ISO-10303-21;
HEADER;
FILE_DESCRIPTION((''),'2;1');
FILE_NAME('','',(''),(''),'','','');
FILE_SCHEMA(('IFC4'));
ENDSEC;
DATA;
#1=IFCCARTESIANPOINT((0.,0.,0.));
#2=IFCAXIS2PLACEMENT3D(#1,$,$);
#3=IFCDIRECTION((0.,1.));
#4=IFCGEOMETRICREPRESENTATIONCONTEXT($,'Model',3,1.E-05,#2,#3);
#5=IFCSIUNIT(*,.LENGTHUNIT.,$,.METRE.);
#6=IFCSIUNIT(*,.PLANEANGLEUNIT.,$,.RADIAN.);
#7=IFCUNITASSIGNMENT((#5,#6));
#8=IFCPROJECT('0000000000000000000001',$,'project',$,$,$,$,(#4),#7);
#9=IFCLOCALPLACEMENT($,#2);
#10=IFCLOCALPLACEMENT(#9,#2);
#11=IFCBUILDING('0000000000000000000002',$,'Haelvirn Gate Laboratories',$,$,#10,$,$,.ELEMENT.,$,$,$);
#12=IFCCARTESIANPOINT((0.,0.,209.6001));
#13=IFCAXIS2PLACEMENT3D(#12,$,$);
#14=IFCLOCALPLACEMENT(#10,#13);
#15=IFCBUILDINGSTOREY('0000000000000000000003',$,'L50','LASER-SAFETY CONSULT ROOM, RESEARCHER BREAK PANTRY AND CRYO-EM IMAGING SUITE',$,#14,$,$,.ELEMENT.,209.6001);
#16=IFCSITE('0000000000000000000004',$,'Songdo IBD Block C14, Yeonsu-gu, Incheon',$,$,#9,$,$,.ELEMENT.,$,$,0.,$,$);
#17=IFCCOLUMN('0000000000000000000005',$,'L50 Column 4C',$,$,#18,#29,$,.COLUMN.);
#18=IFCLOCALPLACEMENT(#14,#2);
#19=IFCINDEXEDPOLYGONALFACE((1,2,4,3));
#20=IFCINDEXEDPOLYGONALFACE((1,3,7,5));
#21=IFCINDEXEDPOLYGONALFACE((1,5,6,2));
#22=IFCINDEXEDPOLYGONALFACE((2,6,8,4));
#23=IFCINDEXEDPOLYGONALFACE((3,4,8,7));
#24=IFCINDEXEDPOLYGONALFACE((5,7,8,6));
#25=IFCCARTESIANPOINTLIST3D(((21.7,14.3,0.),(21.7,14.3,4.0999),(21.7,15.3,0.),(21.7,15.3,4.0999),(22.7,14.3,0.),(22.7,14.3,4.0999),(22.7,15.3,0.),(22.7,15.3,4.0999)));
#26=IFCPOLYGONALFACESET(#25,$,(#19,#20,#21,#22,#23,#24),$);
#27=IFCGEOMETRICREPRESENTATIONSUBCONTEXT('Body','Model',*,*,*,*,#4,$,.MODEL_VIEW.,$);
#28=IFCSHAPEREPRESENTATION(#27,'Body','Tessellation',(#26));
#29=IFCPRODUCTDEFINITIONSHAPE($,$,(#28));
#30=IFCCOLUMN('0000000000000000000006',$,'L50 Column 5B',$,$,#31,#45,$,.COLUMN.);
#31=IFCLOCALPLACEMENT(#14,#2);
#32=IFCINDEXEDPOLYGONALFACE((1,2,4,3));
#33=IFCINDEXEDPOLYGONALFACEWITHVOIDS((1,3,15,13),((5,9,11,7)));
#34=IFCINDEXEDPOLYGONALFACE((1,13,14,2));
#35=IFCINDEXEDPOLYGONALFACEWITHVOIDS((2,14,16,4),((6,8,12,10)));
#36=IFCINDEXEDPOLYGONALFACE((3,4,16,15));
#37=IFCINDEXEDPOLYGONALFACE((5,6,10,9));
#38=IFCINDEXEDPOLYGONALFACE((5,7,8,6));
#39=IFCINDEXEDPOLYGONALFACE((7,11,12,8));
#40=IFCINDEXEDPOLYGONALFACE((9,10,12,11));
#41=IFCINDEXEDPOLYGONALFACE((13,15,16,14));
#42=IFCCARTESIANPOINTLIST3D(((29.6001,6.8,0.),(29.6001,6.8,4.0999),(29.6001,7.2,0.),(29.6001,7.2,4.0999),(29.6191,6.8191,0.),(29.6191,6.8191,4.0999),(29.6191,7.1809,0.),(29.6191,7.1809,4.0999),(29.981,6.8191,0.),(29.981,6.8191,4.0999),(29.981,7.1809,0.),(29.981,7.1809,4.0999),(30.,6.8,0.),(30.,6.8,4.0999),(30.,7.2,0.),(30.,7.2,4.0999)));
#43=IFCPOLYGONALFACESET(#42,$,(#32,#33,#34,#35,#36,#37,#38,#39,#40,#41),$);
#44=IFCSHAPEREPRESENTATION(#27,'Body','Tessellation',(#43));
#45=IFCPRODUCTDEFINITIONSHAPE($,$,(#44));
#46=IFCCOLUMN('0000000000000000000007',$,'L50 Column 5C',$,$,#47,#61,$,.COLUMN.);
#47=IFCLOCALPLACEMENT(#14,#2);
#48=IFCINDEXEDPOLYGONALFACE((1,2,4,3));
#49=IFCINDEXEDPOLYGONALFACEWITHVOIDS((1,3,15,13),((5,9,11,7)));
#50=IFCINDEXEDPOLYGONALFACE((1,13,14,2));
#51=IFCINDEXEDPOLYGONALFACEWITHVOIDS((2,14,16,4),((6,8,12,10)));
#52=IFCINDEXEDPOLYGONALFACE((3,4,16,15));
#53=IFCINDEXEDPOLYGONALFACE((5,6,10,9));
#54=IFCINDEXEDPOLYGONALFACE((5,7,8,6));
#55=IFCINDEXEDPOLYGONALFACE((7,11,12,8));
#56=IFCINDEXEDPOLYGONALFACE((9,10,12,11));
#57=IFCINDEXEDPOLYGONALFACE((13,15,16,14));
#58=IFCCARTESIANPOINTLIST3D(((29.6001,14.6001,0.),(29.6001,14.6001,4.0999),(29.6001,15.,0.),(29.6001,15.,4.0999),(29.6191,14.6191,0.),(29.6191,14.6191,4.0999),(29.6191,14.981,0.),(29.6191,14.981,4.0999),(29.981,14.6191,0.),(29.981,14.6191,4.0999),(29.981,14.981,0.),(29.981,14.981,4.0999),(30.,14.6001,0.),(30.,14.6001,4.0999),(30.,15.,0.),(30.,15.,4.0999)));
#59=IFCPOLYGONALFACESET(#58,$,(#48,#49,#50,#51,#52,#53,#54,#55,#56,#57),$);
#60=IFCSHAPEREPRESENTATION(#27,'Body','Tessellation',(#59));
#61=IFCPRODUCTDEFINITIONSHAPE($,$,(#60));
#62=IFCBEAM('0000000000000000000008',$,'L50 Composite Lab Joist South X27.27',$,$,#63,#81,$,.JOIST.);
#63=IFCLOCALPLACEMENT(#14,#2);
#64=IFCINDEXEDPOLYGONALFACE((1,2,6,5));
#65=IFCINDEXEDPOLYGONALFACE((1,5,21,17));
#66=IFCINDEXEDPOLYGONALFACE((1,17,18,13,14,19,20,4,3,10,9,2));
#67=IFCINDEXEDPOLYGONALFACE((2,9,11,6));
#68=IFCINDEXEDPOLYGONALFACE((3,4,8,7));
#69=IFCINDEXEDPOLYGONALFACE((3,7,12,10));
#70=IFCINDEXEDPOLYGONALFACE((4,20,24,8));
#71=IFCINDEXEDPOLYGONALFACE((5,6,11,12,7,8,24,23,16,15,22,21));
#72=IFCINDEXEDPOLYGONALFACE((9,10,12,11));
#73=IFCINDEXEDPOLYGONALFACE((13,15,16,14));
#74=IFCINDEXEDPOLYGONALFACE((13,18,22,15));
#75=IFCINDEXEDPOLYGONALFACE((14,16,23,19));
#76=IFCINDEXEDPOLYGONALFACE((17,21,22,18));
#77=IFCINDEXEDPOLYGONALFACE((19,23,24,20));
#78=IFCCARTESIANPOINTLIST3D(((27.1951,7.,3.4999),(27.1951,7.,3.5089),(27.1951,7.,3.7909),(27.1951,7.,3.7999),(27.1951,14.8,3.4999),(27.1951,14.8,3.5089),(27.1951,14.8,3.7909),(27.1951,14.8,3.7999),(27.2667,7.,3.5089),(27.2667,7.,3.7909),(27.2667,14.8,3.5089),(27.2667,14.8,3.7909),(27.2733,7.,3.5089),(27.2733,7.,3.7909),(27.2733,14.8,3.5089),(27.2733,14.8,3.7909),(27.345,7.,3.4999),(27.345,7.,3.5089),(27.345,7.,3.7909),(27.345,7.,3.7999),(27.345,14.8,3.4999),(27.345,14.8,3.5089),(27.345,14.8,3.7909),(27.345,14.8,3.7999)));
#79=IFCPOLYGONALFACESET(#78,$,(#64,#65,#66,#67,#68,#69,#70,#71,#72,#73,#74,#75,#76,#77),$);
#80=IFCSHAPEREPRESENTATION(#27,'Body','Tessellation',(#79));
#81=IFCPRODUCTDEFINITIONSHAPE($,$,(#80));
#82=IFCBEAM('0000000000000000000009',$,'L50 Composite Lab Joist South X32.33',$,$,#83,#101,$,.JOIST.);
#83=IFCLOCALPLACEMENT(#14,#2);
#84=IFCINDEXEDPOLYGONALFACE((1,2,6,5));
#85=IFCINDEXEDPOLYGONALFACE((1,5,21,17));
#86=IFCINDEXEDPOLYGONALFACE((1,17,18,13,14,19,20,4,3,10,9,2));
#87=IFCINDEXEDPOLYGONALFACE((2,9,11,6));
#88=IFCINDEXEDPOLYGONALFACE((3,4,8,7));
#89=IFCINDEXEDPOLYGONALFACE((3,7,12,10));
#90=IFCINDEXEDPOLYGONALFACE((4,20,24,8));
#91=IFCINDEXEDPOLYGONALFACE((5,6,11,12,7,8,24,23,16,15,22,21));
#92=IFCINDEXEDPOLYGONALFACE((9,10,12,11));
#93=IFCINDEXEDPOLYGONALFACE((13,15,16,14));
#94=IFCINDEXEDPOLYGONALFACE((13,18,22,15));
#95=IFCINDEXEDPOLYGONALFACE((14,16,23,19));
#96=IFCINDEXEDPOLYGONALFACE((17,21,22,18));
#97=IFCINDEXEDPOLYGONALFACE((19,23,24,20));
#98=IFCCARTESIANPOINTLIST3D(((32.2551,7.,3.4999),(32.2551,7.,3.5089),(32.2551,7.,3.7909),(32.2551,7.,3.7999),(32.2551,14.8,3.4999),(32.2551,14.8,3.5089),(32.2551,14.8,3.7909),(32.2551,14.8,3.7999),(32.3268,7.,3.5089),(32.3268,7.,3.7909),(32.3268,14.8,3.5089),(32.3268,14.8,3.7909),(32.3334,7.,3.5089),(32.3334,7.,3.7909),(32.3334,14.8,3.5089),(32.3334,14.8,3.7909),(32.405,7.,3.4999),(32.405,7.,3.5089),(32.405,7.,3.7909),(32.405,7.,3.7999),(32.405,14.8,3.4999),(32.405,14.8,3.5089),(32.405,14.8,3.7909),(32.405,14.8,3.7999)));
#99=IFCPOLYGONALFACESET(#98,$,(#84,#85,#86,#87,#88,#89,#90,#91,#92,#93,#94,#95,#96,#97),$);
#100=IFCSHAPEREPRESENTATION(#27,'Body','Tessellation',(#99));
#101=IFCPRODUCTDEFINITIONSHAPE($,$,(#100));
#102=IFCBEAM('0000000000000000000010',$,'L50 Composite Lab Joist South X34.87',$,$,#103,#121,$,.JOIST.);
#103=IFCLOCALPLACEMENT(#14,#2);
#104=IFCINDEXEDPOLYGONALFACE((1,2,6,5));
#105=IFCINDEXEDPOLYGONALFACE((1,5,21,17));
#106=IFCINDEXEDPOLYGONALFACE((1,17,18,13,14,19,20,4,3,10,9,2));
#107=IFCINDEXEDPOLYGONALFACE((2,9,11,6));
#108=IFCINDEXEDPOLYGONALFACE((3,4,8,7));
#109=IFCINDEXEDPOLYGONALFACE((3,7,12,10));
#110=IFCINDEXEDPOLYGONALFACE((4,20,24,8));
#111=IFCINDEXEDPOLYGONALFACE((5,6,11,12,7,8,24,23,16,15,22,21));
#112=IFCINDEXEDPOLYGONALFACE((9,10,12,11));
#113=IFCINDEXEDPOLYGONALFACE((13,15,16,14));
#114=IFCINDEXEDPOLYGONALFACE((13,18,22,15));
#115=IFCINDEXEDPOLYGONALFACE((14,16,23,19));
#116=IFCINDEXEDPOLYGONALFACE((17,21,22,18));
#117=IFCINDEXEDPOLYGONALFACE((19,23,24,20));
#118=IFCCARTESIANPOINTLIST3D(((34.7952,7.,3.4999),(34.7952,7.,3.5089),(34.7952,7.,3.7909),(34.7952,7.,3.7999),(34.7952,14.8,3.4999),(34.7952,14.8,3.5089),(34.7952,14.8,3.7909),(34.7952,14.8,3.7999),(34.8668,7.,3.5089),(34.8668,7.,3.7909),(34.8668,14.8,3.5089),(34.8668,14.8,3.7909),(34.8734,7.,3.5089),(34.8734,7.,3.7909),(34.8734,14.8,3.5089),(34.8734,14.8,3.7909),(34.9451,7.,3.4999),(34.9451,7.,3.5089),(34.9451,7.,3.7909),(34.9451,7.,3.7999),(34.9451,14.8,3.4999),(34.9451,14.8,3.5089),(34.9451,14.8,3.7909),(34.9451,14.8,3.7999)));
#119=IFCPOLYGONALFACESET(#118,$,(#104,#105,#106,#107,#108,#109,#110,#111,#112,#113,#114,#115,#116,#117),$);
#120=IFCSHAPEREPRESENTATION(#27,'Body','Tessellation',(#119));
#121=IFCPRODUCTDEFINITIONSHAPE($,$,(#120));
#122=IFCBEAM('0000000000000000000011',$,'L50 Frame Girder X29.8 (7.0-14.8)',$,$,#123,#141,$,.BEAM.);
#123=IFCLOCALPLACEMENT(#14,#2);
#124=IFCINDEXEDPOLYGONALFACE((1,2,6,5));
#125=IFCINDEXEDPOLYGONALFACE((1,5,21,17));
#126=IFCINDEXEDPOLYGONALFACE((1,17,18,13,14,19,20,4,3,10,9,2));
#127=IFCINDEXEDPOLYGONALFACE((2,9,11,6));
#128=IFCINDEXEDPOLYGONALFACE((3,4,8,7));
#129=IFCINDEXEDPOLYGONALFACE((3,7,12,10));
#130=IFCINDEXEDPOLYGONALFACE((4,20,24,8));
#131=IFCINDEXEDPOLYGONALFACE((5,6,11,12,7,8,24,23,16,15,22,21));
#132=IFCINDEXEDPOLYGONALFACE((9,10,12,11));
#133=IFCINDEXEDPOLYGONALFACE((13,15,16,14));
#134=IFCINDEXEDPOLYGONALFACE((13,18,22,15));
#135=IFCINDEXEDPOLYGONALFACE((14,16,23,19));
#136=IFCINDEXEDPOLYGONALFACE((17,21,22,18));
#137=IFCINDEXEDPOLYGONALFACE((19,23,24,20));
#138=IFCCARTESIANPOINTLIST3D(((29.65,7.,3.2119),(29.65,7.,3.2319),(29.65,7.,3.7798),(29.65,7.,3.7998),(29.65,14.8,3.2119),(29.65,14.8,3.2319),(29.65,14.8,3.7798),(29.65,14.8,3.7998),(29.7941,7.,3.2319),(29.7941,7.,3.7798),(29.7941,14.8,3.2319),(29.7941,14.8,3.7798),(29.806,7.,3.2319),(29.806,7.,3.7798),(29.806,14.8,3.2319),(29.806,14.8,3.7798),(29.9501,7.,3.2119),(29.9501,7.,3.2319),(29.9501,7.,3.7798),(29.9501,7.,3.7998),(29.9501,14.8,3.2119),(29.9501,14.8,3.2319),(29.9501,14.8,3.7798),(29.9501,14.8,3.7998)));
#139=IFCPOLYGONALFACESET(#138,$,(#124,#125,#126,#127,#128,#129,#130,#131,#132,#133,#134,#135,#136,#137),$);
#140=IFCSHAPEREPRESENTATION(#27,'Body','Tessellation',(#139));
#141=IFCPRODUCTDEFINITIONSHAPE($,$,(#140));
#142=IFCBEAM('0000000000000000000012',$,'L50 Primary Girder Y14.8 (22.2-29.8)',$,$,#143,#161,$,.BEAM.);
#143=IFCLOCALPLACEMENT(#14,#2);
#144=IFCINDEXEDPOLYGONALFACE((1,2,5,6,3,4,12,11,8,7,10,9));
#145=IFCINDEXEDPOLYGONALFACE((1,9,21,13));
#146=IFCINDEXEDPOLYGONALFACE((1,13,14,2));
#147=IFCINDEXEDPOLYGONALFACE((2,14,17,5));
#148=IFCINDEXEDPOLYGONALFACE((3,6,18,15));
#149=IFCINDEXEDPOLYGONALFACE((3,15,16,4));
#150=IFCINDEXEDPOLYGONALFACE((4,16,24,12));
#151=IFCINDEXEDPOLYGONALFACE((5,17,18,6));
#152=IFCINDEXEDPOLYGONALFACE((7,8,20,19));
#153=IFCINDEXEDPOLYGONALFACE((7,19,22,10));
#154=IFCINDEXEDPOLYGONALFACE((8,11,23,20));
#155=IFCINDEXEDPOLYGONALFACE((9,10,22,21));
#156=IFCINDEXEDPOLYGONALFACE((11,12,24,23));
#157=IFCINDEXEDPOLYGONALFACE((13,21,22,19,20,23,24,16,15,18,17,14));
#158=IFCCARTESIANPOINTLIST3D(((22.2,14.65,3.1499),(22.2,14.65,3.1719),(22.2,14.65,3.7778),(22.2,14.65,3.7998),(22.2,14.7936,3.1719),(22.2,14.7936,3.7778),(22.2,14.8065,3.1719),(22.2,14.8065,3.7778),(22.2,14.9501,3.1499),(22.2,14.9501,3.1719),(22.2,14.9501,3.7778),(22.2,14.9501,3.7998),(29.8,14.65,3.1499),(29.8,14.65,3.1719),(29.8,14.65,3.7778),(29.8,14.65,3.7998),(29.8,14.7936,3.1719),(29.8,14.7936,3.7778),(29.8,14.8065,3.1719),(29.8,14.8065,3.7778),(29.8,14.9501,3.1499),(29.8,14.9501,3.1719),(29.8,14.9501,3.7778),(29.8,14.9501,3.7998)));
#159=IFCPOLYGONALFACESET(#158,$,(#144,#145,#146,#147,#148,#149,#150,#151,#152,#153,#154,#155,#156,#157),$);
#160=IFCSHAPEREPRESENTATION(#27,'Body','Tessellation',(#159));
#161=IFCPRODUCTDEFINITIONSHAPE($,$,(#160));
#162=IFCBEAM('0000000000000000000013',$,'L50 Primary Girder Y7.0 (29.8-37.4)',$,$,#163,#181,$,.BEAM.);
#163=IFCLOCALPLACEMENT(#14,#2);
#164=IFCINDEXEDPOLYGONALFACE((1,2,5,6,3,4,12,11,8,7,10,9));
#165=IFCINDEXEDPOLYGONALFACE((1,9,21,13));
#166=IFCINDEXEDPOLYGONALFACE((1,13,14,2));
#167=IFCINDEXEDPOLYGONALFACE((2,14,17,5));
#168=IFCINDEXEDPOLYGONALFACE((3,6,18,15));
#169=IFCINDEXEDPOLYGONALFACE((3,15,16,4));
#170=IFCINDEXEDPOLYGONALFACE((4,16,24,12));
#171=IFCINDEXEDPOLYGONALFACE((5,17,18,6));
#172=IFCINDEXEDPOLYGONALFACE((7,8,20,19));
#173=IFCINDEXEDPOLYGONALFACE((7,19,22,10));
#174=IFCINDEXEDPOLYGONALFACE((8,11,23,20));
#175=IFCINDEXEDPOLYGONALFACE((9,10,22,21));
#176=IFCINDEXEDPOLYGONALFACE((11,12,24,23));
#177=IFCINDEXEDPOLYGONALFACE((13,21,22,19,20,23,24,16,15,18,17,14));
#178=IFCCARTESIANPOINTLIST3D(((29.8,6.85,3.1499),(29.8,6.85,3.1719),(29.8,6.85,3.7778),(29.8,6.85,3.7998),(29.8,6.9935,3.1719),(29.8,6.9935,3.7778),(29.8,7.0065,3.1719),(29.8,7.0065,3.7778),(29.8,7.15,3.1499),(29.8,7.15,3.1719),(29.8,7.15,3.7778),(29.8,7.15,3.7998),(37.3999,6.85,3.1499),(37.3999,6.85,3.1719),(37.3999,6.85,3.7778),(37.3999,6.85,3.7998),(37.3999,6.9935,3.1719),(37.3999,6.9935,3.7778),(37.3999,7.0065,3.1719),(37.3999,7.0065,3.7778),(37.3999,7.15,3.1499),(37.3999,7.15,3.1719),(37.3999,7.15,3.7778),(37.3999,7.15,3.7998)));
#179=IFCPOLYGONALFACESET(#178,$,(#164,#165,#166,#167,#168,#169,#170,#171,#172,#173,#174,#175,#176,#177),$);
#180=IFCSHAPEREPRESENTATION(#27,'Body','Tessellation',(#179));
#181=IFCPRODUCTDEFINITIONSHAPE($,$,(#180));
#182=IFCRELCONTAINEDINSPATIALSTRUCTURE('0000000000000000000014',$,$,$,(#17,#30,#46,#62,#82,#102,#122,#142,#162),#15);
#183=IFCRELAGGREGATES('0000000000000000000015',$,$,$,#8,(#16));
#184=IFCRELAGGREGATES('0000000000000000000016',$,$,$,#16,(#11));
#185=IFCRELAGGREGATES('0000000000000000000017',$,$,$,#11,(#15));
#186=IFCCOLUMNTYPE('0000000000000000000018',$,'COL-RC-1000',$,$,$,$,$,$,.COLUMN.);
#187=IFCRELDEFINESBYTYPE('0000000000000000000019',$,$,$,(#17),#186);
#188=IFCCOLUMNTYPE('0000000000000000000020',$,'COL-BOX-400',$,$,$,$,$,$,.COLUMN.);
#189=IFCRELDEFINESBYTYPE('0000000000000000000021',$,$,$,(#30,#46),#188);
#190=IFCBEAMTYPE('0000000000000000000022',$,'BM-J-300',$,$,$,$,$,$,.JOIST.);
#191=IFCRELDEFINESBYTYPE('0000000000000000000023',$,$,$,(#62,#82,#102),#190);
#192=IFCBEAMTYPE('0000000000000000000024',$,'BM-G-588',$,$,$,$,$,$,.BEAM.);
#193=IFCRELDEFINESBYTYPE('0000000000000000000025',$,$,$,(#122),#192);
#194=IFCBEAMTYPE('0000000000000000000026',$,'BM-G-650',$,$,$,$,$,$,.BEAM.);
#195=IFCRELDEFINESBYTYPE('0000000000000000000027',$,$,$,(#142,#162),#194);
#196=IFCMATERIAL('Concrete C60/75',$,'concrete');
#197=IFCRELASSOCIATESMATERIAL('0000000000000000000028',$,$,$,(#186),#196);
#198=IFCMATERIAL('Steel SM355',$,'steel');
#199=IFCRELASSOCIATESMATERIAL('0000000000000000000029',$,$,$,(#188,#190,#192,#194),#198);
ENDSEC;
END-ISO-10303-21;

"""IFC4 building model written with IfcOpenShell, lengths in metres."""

from ifc_helpers import new_model, si_unit, direction, frame, origin, origin_2d, place, context, subcontext, project, spatial, rectangle, hollow_rectangle, i_section, extrude, source, transform, mapped, material, material_profile, profile_set, type_object, type_shapes, element, save


model = new_model("IFC4")

# Units and contexts
model_context = context("Model", 3, precision=1e-05, world=origin(), true_north=direction((0.0, 1.0)))
body_context = subcontext(model_context, "Body", "Model", "MODEL_VIEW")
ifc_project = project(units=[si_unit("LENGTHUNIT", "METRE"), si_unit("PLANEANGLEUNIT", "RADIAN")], contexts=[model_context])

# Site, building, storey
site_placement = place(None, origin())
site = spatial("IfcSite", under=ifc_project, at=site_placement, Name="Songdo IBD Block C14, Yeonsu-gu, Incheon", CompositionType="ELEMENT", RefElevation=0.0)
building_placement = place(site_placement, origin())
building = spatial("IfcBuilding", under=site, at=building_placement, Name="Haelvirn Gate Laboratories", CompositionType="ELEMENT")
storey_placement = place(building_placement, frame((0.0, 0.0, 209.6001)))
storey = spatial("IfcBuildingStorey", under=building, at=storey_placement, Name="L50", Description="LASER-SAFETY CONSULT ROOM, RESEARCHER BREAK PANTRY AND CRYO-EM IMAGING SUITE", CompositionType="ELEMENT", Elevation=209.6001)

# Columns
ifc_material_1 = material(Name="Concrete C60/75", Category="concrete")
ifc_material_profile_1 = material_profile(ifc_material_1, rectangle(XDim=1.0, YDim=1.0, at=origin_2d()), Name="RC-1000x1000")
ifc_profile_set_1 = profile_set([ifc_material_profile_1], Name="Concrete C60/75")
column_type_1 = type_object("IfcColumnType", Name="COL-RC-1000", PredefinedType="COLUMN", material=ifc_profile_set_1)
shared_shape_1 = source(origin(), body_context, "Body", "SweptSolid", [
    extrude(rectangle(XDim=1.0, YDim=1.0, at=origin_2d()), origin(), (0.0, 0.0, 1.0), 4.0999),
])
type_shapes(column_type_1, [shared_shape_1])
column_placement = place(storey_placement, frame((22.2, 14.8, 0.0), z_axis=(0.0, 0.0, 1.0), x_axis=(1.0, 0.0, 0.0)))
element("IfcColumn", 1, at=column_placement, inside=storey, type_object=column_type_1, Name="L50 Column 4C", PredefinedType="COLUMN", context=body_context, shape_type="MappedRepresentation", body=[
    mapped(shared_shape_1, transform((0.0, 0.0, 0.0), scale=1.0)),
])
ifc_material_2 = material(Name="Steel SM355", Category="steel")
ifc_material_profile_2 = material_profile(ifc_material_2, hollow_rectangle(XDim=0.3999, YDim=0.3999, WallThickness=0.019, at=origin_2d()), Name="BOX-400x400x19")
ifc_profile_set_2 = profile_set([ifc_material_profile_2], Name="Steel SM355")
column_type_2 = type_object("IfcColumnType", Name="COL-BOX-400", PredefinedType="COLUMN", material=ifc_profile_set_2)
shared_shape_2 = source(origin(), body_context, "Body", "SweptSolid", [
    extrude(hollow_rectangle(XDim=0.3999, YDim=0.3999, WallThickness=0.019, at=origin_2d()), origin(), (0.0, 0.0, 1.0), 4.0999),
])
type_shapes(column_type_2, [shared_shape_2])
for number, where, z_axis, x_axis, name in (
    (2, (29.8, 7.0, 0.0), (0.0, 0.0, 1.0), (1.0, 0.0, 0.0), "L50 Column 5B"),
    (3, (29.8, 14.8, 0.0), (0.0, 0.0, 1.0), (1.0, 0.0, 0.0), "L50 Column 5C"),
):
    element("IfcColumn", number, at=place(storey_placement, frame(where, z_axis=z_axis, x_axis=x_axis)), inside=storey, type_object=column_type_2, Name=name, PredefinedType="COLUMN", context=body_context, shape_type="MappedRepresentation", body=[
        mapped(shared_shape_2, transform((0.0, 0.0, 0.0), scale=1.0)),
    ])

# Beams
ifc_material_profile_3 = material_profile(ifc_material_2, i_section(OverallWidth=0.1499, OverallDepth=0.3, WebThickness=0.0066, FlangeThickness=0.009, at=origin_2d()), Name="H-300x150x6.5x9")
ifc_profile_set_3 = profile_set([ifc_material_profile_3], Name="Steel SM355")
beam_type_1 = type_object("IfcBeamType", Name="BM-J-300", PredefinedType="JOIST", material=ifc_profile_set_3)
shared_shape_3 = source(origin(), body_context, "Body", "SweptSolid", [
    extrude(i_section(OverallWidth=0.1499, OverallDepth=0.3, WebThickness=0.0066, FlangeThickness=0.009, at=origin_2d()), origin(), (0.0, 0.0, 1.0), 7.8),
])
type_shapes(beam_type_1, [shared_shape_3])
for number, where, z_axis, x_axis, name in (
    (4, (27.27, 7.0, 3.6499), (0.0, 1.0, 0.0), (-1.0, 0.0, 0.0), "L50 Composite Lab Joist South X27.27"),
    (5, (32.3301, 7.0, 3.6499), (0.0, 1.0, 0.0), (-1.0, 0.0, 0.0), "L50 Composite Lab Joist South X32.33"),
    (6, (34.8701, 7.0, 3.6499), (0.0, 1.0, 0.0), (-1.0, 0.0, 0.0), "L50 Composite Lab Joist South X34.87"),
):
    element("IfcBeam", number, at=place(storey_placement, frame(where, z_axis=z_axis, x_axis=x_axis)), inside=storey, type_object=beam_type_1, Name=name, PredefinedType="JOIST", context=body_context, shape_type="MappedRepresentation", body=[
        mapped(shared_shape_3, transform((0.0, 0.0, 0.0), scale=1.0)),
    ])
ifc_material_profile_4 = material_profile(ifc_material_2, i_section(OverallWidth=0.3, OverallDepth=0.5879, WebThickness=0.012, FlangeThickness=0.02, at=origin_2d()), Name="H-588x300x12x20")
ifc_profile_set_4 = profile_set([ifc_material_profile_4], Name="Steel SM355")
beam_type_2 = type_object("IfcBeamType", Name="BM-G-588", PredefinedType="BEAM", material=ifc_profile_set_4)
shared_shape_4 = source(origin(), body_context, "Body", "SweptSolid", [
    extrude(i_section(OverallWidth=0.3, OverallDepth=0.5879, WebThickness=0.012, FlangeThickness=0.02, at=origin_2d()), origin(), (0.0, 0.0, 1.0), 7.8),
])
type_shapes(beam_type_2, [shared_shape_4])
beam_1_placement = place(storey_placement, frame((29.8, 7.0, 3.5059), z_axis=(0.0, 1.0, 0.0), x_axis=(-1.0, 0.0, 0.0)))
element("IfcBeam", 7, at=beam_1_placement, inside=storey, type_object=beam_type_2, Name="L50 Frame Girder X29.8 (7.0-14.8)", PredefinedType="BEAM", context=body_context, shape_type="MappedRepresentation", body=[
    mapped(shared_shape_4, transform((0.0, 0.0, 0.0), scale=1.0)),
])
ifc_material_profile_5 = material_profile(ifc_material_2, i_section(OverallWidth=0.3, OverallDepth=0.6499, WebThickness=0.0129, FlangeThickness=0.022, at=origin_2d()), Name="H-650x300x13x22")
ifc_profile_set_5 = profile_set([ifc_material_profile_5], Name="Steel SM355")
beam_type_3 = type_object("IfcBeamType", Name="BM-G-650", PredefinedType="BEAM", material=ifc_profile_set_5)
shared_shape_5 = source(origin(), body_context, "Body", "SweptSolid", [
    extrude(i_section(OverallWidth=0.3, OverallDepth=0.6499, WebThickness=0.0129, FlangeThickness=0.022, at=origin_2d()), origin(), (0.0, 0.0, 1.0), 7.6001),
])
beam_2_placement = place(storey_placement, frame((22.2, 14.8, 3.4749), z_axis=(1.0, 0.0, 0.0), x_axis=(0.0, 1.0, 0.0)))
element("IfcBeam", 8, at=beam_2_placement, inside=storey, type_object=beam_type_3, Name="L50 Primary Girder Y14.8 (22.2-29.8)", PredefinedType="BEAM", context=body_context, shape_type="MappedRepresentation", body=[
    mapped(shared_shape_5, transform((0.0, 0.0, 0.0), scale=1.0)),
])
shared_shape_6 = source(origin(), body_context, "Body", "SweptSolid", [
    extrude(i_section(OverallWidth=0.3, OverallDepth=0.6499, WebThickness=0.0129, FlangeThickness=0.022, at=origin_2d()), origin(), (0.0, 0.0, 1.0), 7.5999),
])
type_shapes(beam_type_3, [shared_shape_5, shared_shape_6])
for number, where, z_axis, x_axis, name in (
    (9, (29.8, 7.0, 3.4749), (1.0, 0.0, 0.0), (0.0, 1.0, 0.0), "L50 Primary Girder Y7.0 (29.8-37.4)"),
):
    element("IfcBeam", number, at=place(storey_placement, frame(where, z_axis=z_axis, x_axis=x_axis)), inside=storey, type_object=beam_type_3, Name=name, PredefinedType="BEAM", context=body_context, shape_type="MappedRepresentation", body=[
        mapped(shared_shape_6, transform((0.0, 0.0, 0.0), scale=1.0)),
    ])

save(model, "model.ifc")
